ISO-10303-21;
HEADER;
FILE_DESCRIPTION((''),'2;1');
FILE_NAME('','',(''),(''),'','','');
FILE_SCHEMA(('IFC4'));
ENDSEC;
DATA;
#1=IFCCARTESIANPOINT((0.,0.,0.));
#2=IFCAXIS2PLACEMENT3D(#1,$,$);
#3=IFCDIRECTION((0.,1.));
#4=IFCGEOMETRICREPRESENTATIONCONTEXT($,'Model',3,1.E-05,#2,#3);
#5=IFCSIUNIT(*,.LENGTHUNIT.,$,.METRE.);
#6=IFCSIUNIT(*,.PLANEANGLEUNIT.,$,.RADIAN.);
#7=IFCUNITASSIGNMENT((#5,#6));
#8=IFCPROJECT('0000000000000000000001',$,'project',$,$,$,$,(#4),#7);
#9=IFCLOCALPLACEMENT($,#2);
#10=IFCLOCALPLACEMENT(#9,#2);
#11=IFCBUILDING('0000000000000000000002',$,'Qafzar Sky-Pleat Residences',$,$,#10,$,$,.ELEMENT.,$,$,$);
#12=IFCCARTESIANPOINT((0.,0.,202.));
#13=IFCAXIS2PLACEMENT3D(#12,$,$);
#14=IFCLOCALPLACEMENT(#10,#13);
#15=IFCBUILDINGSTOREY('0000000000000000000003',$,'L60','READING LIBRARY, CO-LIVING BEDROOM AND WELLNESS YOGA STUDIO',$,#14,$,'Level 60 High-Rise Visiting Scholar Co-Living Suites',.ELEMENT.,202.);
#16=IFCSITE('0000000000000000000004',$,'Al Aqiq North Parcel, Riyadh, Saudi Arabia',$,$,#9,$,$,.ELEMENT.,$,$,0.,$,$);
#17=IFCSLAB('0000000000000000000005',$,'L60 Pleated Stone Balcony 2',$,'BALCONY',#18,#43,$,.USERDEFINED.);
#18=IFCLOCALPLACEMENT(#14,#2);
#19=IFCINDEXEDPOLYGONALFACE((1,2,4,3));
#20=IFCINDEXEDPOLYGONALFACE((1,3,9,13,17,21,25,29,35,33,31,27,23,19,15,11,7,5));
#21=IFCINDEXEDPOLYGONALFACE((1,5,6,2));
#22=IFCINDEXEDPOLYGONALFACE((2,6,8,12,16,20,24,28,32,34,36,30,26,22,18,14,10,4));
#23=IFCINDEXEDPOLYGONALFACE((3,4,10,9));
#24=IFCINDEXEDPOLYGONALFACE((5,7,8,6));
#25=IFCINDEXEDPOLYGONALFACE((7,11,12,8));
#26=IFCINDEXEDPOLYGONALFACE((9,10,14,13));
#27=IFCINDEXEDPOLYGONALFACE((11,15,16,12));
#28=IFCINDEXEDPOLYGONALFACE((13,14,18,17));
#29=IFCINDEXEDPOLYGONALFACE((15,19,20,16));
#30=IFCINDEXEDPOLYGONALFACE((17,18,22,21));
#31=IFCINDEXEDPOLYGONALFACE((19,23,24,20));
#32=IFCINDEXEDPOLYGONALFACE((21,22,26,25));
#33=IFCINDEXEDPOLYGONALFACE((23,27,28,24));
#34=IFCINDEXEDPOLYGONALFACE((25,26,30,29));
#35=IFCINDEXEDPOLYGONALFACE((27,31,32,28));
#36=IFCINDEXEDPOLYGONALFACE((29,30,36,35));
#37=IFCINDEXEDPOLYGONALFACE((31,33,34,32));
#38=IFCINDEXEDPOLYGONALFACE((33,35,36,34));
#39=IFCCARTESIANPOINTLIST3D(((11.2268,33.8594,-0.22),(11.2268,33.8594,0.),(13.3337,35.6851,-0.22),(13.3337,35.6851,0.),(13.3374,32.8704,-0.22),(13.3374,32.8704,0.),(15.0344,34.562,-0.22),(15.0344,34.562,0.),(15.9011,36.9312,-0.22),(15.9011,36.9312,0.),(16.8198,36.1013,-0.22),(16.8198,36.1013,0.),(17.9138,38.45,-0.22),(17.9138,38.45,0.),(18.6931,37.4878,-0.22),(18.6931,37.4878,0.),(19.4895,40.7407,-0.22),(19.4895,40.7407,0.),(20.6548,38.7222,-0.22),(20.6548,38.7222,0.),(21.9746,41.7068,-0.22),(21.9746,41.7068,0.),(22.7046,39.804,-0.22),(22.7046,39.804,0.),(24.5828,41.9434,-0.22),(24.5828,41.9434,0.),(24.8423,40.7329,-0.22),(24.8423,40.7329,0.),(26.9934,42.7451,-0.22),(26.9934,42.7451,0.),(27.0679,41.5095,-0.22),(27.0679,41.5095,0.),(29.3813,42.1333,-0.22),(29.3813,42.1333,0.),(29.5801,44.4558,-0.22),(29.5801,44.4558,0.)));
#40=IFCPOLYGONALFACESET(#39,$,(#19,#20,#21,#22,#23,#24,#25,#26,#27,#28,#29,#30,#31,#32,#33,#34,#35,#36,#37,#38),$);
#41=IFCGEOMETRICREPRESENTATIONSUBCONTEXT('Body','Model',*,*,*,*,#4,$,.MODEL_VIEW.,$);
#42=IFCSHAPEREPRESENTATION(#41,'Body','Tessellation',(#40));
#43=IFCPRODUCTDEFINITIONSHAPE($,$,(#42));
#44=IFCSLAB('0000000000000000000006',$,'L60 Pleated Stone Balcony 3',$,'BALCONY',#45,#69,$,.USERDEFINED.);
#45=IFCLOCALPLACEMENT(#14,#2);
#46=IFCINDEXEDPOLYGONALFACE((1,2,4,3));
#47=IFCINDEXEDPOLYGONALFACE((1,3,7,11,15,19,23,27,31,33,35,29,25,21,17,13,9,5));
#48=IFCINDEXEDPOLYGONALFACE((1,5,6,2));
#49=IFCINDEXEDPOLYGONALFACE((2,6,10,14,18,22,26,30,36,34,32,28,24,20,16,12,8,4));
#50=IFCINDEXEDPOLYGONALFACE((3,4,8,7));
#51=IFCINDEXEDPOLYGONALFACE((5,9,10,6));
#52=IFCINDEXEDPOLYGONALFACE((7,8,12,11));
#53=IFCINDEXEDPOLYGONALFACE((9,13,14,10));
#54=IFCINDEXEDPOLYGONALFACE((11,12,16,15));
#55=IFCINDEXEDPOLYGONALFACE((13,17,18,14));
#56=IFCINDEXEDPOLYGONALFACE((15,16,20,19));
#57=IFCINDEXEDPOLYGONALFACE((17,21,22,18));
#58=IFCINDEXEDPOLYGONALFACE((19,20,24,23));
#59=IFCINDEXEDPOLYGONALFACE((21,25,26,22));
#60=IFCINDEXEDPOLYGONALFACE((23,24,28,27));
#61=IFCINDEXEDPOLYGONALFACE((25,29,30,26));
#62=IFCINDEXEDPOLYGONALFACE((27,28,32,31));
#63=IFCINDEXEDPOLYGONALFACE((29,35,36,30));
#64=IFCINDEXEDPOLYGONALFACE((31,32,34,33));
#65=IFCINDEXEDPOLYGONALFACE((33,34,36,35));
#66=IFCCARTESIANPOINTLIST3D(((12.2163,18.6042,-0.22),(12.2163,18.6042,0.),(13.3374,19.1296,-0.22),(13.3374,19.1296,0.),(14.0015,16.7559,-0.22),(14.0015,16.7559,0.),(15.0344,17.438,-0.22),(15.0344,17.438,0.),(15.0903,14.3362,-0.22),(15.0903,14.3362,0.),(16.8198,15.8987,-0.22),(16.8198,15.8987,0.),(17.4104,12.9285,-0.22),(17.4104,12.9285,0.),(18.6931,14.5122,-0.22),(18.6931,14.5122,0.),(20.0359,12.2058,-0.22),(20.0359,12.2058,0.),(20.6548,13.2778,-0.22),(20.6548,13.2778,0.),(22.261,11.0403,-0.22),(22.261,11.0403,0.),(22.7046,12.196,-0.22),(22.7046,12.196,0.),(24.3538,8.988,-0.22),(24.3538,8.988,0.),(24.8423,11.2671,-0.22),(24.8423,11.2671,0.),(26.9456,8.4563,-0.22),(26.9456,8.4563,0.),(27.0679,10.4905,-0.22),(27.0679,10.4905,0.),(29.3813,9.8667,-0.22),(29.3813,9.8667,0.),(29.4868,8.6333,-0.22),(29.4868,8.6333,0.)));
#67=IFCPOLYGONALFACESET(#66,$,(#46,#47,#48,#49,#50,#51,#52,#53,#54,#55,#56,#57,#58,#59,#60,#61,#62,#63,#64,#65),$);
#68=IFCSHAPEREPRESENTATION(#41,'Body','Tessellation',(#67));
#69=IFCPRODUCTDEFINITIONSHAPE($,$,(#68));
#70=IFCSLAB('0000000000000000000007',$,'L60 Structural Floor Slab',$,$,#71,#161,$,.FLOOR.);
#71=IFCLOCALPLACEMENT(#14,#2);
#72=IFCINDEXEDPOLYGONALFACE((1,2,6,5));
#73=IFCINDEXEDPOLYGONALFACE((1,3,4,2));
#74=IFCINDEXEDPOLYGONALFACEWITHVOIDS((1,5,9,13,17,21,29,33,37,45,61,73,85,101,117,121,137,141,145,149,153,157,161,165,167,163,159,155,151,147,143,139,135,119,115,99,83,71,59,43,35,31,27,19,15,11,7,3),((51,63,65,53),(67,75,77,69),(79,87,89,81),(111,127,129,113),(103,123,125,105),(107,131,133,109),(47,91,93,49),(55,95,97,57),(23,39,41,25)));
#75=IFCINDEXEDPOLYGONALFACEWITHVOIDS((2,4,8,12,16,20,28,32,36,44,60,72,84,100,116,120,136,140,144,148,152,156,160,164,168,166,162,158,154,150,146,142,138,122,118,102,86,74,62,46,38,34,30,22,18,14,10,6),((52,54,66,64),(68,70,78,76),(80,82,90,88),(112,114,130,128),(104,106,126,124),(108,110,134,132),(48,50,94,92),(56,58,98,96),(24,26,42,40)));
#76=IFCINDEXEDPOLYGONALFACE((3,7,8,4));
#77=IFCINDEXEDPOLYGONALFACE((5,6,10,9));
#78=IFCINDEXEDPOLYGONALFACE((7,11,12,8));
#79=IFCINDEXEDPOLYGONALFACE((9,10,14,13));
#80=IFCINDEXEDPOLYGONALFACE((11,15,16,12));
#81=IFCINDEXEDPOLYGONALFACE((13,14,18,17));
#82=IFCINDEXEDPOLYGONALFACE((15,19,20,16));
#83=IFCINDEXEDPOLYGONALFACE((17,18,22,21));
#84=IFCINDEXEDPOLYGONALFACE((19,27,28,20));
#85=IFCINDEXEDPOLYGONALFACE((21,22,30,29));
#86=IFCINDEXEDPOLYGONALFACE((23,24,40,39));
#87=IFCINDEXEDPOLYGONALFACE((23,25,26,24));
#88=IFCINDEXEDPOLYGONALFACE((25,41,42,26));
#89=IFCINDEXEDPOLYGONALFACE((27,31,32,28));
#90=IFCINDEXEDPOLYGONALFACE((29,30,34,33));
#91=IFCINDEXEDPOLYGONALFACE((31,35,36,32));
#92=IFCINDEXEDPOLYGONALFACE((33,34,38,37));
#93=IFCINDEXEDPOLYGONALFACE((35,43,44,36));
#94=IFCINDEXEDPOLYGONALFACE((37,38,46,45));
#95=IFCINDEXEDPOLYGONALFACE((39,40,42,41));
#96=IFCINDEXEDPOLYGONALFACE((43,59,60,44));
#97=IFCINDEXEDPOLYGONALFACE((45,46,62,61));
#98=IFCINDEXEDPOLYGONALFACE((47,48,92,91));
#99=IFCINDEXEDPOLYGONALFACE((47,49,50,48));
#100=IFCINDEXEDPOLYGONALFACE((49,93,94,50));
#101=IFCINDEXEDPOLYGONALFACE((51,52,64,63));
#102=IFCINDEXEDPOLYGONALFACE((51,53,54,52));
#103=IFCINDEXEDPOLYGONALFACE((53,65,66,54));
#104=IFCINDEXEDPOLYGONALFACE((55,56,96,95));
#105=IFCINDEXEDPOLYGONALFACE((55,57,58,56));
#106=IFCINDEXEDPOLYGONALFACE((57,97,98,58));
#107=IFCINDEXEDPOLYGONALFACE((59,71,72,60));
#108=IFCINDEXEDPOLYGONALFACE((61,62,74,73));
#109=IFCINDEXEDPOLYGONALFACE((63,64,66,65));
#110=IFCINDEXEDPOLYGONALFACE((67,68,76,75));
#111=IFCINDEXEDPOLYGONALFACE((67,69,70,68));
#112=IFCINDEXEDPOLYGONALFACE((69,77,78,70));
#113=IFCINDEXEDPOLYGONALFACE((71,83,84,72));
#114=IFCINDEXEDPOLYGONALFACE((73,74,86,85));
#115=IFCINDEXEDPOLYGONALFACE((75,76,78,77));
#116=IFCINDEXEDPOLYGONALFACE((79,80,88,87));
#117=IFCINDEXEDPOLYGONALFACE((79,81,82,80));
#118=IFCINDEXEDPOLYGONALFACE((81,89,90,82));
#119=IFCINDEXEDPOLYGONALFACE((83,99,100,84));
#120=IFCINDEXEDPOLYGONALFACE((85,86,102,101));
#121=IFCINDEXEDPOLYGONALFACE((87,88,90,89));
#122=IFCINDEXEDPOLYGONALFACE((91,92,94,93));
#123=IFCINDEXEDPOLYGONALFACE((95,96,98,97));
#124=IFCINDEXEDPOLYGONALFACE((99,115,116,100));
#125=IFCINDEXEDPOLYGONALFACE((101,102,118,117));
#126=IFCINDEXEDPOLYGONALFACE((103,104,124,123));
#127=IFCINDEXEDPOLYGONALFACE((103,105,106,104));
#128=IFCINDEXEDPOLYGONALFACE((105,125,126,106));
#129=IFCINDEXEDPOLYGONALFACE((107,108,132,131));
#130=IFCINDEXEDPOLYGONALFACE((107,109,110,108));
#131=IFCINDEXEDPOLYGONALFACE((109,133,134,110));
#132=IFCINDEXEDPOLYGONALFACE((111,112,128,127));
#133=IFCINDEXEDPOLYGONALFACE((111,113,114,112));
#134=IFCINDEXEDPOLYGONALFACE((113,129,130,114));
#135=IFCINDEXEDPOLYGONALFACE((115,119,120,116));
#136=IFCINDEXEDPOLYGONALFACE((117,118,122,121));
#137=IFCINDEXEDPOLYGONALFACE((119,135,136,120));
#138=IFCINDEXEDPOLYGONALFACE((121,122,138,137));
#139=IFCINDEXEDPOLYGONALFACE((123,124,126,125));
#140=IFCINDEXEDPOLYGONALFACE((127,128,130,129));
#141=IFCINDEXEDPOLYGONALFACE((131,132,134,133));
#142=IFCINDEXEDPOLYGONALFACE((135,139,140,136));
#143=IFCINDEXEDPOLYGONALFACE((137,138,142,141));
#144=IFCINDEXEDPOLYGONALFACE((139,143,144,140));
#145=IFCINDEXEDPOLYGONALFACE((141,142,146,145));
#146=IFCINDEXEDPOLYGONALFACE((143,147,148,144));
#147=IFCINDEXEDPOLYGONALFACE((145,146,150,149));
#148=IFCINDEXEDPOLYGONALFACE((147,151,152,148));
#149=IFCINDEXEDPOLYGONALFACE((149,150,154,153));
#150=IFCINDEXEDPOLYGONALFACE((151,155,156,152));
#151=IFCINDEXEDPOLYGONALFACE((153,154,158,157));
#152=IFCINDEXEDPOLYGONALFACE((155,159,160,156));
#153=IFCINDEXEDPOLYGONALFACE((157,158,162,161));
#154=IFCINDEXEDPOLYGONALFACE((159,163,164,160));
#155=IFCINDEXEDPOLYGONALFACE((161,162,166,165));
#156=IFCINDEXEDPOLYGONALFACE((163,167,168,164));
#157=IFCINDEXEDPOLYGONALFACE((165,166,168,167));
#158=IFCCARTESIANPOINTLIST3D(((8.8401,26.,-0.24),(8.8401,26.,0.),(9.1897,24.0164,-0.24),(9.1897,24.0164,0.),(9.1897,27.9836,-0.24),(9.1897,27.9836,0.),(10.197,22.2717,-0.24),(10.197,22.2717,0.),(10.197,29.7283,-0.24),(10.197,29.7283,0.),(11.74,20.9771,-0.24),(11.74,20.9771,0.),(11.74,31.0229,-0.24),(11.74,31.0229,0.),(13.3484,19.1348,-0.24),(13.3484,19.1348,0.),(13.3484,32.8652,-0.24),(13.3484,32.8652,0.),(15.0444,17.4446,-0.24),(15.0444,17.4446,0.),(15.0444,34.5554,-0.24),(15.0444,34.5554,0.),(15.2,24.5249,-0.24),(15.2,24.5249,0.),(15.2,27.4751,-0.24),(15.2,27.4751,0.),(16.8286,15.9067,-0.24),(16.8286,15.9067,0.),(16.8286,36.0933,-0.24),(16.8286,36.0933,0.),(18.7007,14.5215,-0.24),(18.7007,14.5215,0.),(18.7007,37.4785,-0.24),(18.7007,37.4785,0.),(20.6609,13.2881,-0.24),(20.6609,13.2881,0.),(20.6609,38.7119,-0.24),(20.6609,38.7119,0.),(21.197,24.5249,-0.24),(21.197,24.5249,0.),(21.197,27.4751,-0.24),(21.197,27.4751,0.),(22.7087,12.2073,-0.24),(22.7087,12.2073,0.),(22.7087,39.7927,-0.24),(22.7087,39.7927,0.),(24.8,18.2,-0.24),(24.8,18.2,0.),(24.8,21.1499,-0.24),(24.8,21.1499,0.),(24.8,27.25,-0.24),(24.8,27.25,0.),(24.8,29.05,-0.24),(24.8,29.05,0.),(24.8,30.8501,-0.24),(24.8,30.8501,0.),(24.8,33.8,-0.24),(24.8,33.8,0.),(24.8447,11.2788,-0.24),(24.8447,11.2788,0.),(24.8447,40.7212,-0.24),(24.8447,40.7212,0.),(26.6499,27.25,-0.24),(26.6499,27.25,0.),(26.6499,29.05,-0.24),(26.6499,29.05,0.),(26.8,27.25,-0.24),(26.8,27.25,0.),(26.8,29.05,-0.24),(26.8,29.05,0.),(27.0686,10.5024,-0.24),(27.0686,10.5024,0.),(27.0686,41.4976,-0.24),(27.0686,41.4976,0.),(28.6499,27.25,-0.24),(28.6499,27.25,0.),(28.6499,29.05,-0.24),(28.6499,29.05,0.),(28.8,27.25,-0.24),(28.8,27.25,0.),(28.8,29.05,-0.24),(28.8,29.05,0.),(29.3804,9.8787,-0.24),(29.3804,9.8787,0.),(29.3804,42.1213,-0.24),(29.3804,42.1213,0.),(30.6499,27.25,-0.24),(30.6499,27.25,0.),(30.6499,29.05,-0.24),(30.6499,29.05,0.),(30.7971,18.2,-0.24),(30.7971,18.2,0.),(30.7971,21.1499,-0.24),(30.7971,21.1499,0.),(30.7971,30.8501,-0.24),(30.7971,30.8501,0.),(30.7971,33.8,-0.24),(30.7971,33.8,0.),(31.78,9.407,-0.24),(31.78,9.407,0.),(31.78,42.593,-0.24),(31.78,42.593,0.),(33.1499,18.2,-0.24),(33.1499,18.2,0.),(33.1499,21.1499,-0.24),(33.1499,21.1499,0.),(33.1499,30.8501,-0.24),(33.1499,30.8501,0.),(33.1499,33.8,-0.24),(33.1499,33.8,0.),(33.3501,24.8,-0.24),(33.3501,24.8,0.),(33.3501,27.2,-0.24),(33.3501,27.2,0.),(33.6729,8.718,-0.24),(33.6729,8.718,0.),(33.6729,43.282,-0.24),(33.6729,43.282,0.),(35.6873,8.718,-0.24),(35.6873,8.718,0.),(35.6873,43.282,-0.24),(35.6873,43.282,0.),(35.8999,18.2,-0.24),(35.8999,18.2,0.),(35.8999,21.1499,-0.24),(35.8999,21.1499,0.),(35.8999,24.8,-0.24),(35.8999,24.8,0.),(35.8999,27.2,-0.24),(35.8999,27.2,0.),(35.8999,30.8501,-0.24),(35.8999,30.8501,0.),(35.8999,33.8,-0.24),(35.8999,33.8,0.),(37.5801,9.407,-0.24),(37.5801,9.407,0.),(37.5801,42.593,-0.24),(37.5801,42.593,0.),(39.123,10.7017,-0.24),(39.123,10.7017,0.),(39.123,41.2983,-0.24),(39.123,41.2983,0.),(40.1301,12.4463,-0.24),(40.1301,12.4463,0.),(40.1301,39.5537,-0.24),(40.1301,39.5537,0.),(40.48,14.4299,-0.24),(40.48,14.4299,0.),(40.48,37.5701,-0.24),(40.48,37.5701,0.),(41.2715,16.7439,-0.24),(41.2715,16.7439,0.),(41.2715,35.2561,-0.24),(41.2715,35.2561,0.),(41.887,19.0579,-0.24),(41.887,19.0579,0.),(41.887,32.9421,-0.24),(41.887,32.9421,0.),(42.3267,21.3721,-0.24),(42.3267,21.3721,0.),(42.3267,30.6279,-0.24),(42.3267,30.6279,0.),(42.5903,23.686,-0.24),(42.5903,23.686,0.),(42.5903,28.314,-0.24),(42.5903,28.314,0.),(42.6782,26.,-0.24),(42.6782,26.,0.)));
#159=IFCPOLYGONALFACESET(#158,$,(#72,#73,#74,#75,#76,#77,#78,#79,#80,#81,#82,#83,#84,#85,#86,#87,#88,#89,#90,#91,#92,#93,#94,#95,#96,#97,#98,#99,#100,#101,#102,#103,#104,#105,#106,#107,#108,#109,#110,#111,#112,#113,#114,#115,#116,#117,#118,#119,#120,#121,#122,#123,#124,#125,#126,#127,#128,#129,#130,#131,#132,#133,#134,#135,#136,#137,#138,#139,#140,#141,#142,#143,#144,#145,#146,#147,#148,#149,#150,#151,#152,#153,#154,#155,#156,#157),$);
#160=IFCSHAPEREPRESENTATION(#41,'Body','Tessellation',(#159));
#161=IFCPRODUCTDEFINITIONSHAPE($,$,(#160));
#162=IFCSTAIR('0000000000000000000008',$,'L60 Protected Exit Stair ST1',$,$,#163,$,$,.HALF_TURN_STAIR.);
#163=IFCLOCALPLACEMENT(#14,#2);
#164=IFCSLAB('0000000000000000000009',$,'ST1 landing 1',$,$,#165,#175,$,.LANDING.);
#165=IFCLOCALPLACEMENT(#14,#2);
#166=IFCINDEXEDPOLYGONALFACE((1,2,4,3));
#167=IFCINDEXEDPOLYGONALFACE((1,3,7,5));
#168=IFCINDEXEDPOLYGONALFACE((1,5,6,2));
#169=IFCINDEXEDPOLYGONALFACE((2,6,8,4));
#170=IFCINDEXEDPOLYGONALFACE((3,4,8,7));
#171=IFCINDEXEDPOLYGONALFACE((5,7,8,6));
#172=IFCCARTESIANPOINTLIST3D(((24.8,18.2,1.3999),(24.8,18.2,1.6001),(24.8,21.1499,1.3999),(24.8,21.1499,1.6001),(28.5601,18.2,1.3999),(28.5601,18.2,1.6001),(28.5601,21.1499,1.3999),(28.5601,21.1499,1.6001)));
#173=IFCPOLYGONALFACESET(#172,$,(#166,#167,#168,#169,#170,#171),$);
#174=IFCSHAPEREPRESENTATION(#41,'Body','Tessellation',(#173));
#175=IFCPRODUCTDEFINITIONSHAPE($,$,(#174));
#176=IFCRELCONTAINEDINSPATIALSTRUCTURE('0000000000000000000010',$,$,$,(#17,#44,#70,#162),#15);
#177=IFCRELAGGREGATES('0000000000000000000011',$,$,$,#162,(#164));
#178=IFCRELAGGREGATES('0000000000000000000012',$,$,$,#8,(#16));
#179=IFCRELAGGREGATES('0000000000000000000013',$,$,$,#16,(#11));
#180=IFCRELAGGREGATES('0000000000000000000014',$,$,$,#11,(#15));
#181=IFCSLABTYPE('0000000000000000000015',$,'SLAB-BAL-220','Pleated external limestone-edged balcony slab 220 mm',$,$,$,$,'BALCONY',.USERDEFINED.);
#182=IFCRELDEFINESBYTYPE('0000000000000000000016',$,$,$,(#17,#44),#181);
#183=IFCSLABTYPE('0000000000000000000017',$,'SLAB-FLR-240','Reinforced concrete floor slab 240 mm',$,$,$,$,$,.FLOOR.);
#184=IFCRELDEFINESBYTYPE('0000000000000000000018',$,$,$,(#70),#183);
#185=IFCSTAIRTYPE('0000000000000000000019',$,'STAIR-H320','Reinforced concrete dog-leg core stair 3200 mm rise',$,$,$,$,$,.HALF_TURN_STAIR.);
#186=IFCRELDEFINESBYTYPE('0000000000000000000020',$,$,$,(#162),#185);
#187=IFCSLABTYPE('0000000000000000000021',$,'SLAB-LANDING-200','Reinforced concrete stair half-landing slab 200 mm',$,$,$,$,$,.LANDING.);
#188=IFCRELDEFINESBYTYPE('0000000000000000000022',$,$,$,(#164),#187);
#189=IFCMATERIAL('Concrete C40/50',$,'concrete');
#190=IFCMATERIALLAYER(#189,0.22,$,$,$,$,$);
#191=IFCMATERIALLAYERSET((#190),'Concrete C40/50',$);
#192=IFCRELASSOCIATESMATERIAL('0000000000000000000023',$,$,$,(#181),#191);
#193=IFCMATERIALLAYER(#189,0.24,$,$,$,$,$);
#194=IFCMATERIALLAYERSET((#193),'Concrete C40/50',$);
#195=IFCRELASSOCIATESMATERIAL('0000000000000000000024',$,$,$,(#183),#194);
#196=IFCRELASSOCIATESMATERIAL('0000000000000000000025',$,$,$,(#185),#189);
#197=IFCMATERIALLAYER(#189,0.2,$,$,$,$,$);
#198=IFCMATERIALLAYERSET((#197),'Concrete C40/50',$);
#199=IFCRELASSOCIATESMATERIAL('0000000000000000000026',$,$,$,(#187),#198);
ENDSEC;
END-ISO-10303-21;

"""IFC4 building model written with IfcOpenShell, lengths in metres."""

from ifc_helpers import new_model, si_unit, direction, frame, origin, place, context, subcontext, project, spatial, polyline, outline, extrude, material, layer, layer_set, type_object, element, aggregate, save


model = new_model("IFC4")

# Units and contexts
model_context = context("Model", 3, precision=1e-05, world=origin(), true_north=direction((0.0, 1.0)))
body_context = subcontext(model_context, "Body", "Model", "MODEL_VIEW")
ifc_project = project(units=[si_unit("LENGTHUNIT", "METRE"), si_unit("PLANEANGLEUNIT", "RADIAN")], contexts=[model_context])

# Site, building, storey
site_placement = place(None, origin())
site = spatial("IfcSite", under=ifc_project, at=site_placement, Name="Al Aqiq North Parcel, Riyadh, Saudi Arabia", CompositionType="ELEMENT", RefElevation=0.0)
building_placement = place(site_placement, origin())
building = spatial("IfcBuilding", under=site, at=building_placement, Name="Qafzar Sky-Pleat Residences", CompositionType="ELEMENT")
storey_placement = place(building_placement, frame((0.0, 0.0, 202.0)))
storey = spatial("IfcBuildingStorey", under=building, at=storey_placement, Name="L60", Description="READING LIBRARY, CO-LIVING BEDROOM AND WELLNESS YOGA STUDIO", LongName="Level 60 High-Rise Visiting Scholar Co-Living Suites", CompositionType="ELEMENT", Elevation=202.0)

# Slabs
ifc_material_1 = material(Name="Concrete C40/50", Category="concrete")
ifc_layer_1 = layer(ifc_material_1, 0.22)
ifc_layer_set_1 = layer_set([ifc_layer_1], Name="Concrete C40/50")
slab_type_1 = type_object("IfcSlabType", Name="SLAB-BAL-220", Description="Pleated external limestone-edged balcony slab 220 mm", ElementType="BALCONY", PredefinedType="USERDEFINED", material=ifc_layer_set_1)
slab_1_placement = place(storey_placement, frame((0.0, 0.0, -0.22)))
element("IfcSlab", 1, at=slab_1_placement, inside=storey, type_object=slab_type_1, Name="L60 Pleated Stone Balcony 2", ObjectType="BALCONY", PredefinedType="USERDEFINED", context=body_context, shape_type="SweptSolid", body=[
    extrude(outline(polyline([(27.0679, 41.5095), (24.8423, 40.7329), (22.7046, 39.804), (20.6548, 38.7222), (18.6931, 37.4878), (16.8198, 36.1013), (15.0344, 34.562), (13.3374, 32.8704), (11.2268, 33.8594), (13.3337, 35.6851), (15.9011, 36.9312), (17.9138, 38.45), (19.4895, 40.7407), (21.9746, 41.7068), (24.5828, 41.9434), (26.9934, 42.7451), (29.5801, 44.4558), (29.3813, 42.1333), (27.0679, 41.5095)])), origin(), (0.0, 0.0, 1.0), 0.22),
])
slab_2_placement = place(storey_placement, frame((0.0, 0.0, -0.22)))
element("IfcSlab", 2, at=slab_2_placement, inside=storey, type_object=slab_type_1, Name="L60 Pleated Stone Balcony 3", ObjectType="BALCONY", PredefinedType="USERDEFINED", context=body_context, shape_type="SweptSolid", body=[
    extrude(outline(polyline([(15.0344, 17.438), (16.8198, 15.8987), (18.6931, 14.5122), (20.6548, 13.2778), (22.7046, 12.196), (24.8423, 11.2671), (27.0679, 10.4905), (29.3813, 9.8667), (29.4868, 8.6333), (26.9456, 8.4563), (24.3538, 8.988), (22.261, 11.0403), (20.0359, 12.2058), (17.4104, 12.9285), (15.0903, 14.3362), (14.0015, 16.7559), (12.2163, 18.6042), (13.3374, 19.1296), (15.0344, 17.438)])), origin(), (0.0, 0.0, 1.0), 0.22),
])
ifc_layer_2 = layer(ifc_material_1, 0.24)
ifc_layer_set_2 = layer_set([ifc_layer_2], Name="Concrete C40/50")
slab_type_2 = type_object("IfcSlabType", Name="SLAB-FLR-240", Description="Reinforced concrete floor slab 240 mm", PredefinedType="FLOOR", material=ifc_layer_set_2)
slab_3_placement = place(storey_placement, frame((0.0, 0.0, -0.24)))
element("IfcSlab", 3, at=slab_3_placement, inside=storey, type_object=slab_type_2, Name="L60 Structural Floor Slab", PredefinedType="FLOOR", context=body_context, shape_type="SweptSolid", body=[
    extrude(outline(polyline([(11.74, 31.0229), (10.197, 29.7283), (9.1897, 27.9836), (8.8401, 26.0), (9.1897, 24.0164), (10.197, 22.2717), (11.74, 20.9771), (13.3484, 19.1348), (15.0444, 17.4446), (16.8286, 15.9067), (18.7007, 14.5215), (20.6609, 13.2881), (22.7087, 12.2073), (24.8447, 11.2788), (27.0686, 10.5024), (29.3804, 9.8787), (31.78, 9.407), (33.6729, 8.718), (35.6873, 8.718), (37.5801, 9.407), (39.123, 10.7017), (40.1301, 12.4463), (40.48, 14.4299), (41.2715, 16.7439), (41.887, 19.0579), (42.3267, 21.3721), (42.5903, 23.686), (42.6782, 26.0), (42.5903, 28.314), (42.3267, 30.6279), (41.887, 32.9421), (41.2715, 35.2561), (40.48, 37.5701), (40.1301, 39.5537), (39.123, 41.2983), (37.5801, 42.593), (35.6873, 43.282), (33.6729, 43.282), (31.78, 42.593), (29.3804, 42.1213), (27.0686, 41.4976), (24.8447, 40.7212), (22.7087, 39.7927), (20.6609, 38.7119), (18.7007, 37.4785), (16.8286, 36.0933), (15.0444, 34.5554), (13.3484, 32.8652), (11.74, 31.0229)]), holes=[polyline([(30.7971, 21.1499), (24.8, 21.1499), (24.8, 18.2), (30.7971, 18.2), (30.7971, 21.1499)]), polyline([(30.7971, 33.8), (24.8, 33.8), (24.8, 30.8501), (30.7971, 30.8501), (30.7971, 33.8)]), polyline([(21.197, 27.4751), (15.2, 27.4751), (15.2, 24.5249), (21.197, 24.5249), (21.197, 27.4751)]), polyline([(24.8, 27.25), (26.6499, 27.25), (26.6499, 29.05), (24.8, 29.05), (24.8, 27.25)]), polyline([(26.8, 27.25), (28.6499, 27.25), (28.6499, 29.05), (26.8, 29.05), (26.8, 27.25)]), polyline([(28.8, 27.25), (30.6499, 27.25), (30.6499, 29.05), (28.8, 29.05), (28.8, 27.25)]), polyline([(33.1499, 18.2), (35.8999, 18.2), (35.8999, 21.1499), (33.1499, 21.1499), (33.1499, 18.2)]), polyline([(33.1499, 30.8501), (35.8999, 30.8501), (35.8999, 33.8), (33.1499, 33.8), (33.1499, 30.8501)]), polyline([(33.3501, 24.8), (35.8999, 24.8), (35.8999, 27.2), (33.3501, 27.2), (33.3501, 24.8)])]), origin(), (0.0, 0.0, 1.0), 0.24),
])

# Stair, slab
stair_type = type_object("IfcStairType", Name="STAIR-H320", Description="Reinforced concrete dog-leg core stair 3200 mm rise", PredefinedType="HALF_TURN_STAIR", material=ifc_material_1)
stair_1_placement = place(storey_placement, origin())
stair_1 = element("IfcStair", 4, at=stair_1_placement, inside=storey, type_object=stair_type, Name="L60 Protected Exit Stair ST1", PredefinedType="HALF_TURN_STAIR")
ifc_layer_3 = layer(ifc_material_1, 0.2)
ifc_layer_set_3 = layer_set([ifc_layer_3], Name="Concrete C40/50")
slab_type_3 = type_object("IfcSlabType", Name="SLAB-LANDING-200", Description="Reinforced concrete stair half-landing slab 200 mm", PredefinedType="LANDING", material=ifc_layer_set_3)
slab_4_placement = place(storey_placement, frame((0.0, 0.0, 1.3999)))
slab_4 = element("IfcSlab", 5, at=slab_4_placement, type_object=slab_type_3, Name="ST1 landing 1", PredefinedType="LANDING", context=body_context, shape_type="SweptSolid", body=[
    extrude(outline(polyline([(28.5601, 21.1499), (24.8, 21.1499), (24.8, 18.2), (28.5601, 18.2), (28.5601, 21.1499)])), origin(), (0.0, 0.0, 1.0), 0.2002),
])
aggregate(stair_1, [slab_4])

save(model, "model.ifc")
